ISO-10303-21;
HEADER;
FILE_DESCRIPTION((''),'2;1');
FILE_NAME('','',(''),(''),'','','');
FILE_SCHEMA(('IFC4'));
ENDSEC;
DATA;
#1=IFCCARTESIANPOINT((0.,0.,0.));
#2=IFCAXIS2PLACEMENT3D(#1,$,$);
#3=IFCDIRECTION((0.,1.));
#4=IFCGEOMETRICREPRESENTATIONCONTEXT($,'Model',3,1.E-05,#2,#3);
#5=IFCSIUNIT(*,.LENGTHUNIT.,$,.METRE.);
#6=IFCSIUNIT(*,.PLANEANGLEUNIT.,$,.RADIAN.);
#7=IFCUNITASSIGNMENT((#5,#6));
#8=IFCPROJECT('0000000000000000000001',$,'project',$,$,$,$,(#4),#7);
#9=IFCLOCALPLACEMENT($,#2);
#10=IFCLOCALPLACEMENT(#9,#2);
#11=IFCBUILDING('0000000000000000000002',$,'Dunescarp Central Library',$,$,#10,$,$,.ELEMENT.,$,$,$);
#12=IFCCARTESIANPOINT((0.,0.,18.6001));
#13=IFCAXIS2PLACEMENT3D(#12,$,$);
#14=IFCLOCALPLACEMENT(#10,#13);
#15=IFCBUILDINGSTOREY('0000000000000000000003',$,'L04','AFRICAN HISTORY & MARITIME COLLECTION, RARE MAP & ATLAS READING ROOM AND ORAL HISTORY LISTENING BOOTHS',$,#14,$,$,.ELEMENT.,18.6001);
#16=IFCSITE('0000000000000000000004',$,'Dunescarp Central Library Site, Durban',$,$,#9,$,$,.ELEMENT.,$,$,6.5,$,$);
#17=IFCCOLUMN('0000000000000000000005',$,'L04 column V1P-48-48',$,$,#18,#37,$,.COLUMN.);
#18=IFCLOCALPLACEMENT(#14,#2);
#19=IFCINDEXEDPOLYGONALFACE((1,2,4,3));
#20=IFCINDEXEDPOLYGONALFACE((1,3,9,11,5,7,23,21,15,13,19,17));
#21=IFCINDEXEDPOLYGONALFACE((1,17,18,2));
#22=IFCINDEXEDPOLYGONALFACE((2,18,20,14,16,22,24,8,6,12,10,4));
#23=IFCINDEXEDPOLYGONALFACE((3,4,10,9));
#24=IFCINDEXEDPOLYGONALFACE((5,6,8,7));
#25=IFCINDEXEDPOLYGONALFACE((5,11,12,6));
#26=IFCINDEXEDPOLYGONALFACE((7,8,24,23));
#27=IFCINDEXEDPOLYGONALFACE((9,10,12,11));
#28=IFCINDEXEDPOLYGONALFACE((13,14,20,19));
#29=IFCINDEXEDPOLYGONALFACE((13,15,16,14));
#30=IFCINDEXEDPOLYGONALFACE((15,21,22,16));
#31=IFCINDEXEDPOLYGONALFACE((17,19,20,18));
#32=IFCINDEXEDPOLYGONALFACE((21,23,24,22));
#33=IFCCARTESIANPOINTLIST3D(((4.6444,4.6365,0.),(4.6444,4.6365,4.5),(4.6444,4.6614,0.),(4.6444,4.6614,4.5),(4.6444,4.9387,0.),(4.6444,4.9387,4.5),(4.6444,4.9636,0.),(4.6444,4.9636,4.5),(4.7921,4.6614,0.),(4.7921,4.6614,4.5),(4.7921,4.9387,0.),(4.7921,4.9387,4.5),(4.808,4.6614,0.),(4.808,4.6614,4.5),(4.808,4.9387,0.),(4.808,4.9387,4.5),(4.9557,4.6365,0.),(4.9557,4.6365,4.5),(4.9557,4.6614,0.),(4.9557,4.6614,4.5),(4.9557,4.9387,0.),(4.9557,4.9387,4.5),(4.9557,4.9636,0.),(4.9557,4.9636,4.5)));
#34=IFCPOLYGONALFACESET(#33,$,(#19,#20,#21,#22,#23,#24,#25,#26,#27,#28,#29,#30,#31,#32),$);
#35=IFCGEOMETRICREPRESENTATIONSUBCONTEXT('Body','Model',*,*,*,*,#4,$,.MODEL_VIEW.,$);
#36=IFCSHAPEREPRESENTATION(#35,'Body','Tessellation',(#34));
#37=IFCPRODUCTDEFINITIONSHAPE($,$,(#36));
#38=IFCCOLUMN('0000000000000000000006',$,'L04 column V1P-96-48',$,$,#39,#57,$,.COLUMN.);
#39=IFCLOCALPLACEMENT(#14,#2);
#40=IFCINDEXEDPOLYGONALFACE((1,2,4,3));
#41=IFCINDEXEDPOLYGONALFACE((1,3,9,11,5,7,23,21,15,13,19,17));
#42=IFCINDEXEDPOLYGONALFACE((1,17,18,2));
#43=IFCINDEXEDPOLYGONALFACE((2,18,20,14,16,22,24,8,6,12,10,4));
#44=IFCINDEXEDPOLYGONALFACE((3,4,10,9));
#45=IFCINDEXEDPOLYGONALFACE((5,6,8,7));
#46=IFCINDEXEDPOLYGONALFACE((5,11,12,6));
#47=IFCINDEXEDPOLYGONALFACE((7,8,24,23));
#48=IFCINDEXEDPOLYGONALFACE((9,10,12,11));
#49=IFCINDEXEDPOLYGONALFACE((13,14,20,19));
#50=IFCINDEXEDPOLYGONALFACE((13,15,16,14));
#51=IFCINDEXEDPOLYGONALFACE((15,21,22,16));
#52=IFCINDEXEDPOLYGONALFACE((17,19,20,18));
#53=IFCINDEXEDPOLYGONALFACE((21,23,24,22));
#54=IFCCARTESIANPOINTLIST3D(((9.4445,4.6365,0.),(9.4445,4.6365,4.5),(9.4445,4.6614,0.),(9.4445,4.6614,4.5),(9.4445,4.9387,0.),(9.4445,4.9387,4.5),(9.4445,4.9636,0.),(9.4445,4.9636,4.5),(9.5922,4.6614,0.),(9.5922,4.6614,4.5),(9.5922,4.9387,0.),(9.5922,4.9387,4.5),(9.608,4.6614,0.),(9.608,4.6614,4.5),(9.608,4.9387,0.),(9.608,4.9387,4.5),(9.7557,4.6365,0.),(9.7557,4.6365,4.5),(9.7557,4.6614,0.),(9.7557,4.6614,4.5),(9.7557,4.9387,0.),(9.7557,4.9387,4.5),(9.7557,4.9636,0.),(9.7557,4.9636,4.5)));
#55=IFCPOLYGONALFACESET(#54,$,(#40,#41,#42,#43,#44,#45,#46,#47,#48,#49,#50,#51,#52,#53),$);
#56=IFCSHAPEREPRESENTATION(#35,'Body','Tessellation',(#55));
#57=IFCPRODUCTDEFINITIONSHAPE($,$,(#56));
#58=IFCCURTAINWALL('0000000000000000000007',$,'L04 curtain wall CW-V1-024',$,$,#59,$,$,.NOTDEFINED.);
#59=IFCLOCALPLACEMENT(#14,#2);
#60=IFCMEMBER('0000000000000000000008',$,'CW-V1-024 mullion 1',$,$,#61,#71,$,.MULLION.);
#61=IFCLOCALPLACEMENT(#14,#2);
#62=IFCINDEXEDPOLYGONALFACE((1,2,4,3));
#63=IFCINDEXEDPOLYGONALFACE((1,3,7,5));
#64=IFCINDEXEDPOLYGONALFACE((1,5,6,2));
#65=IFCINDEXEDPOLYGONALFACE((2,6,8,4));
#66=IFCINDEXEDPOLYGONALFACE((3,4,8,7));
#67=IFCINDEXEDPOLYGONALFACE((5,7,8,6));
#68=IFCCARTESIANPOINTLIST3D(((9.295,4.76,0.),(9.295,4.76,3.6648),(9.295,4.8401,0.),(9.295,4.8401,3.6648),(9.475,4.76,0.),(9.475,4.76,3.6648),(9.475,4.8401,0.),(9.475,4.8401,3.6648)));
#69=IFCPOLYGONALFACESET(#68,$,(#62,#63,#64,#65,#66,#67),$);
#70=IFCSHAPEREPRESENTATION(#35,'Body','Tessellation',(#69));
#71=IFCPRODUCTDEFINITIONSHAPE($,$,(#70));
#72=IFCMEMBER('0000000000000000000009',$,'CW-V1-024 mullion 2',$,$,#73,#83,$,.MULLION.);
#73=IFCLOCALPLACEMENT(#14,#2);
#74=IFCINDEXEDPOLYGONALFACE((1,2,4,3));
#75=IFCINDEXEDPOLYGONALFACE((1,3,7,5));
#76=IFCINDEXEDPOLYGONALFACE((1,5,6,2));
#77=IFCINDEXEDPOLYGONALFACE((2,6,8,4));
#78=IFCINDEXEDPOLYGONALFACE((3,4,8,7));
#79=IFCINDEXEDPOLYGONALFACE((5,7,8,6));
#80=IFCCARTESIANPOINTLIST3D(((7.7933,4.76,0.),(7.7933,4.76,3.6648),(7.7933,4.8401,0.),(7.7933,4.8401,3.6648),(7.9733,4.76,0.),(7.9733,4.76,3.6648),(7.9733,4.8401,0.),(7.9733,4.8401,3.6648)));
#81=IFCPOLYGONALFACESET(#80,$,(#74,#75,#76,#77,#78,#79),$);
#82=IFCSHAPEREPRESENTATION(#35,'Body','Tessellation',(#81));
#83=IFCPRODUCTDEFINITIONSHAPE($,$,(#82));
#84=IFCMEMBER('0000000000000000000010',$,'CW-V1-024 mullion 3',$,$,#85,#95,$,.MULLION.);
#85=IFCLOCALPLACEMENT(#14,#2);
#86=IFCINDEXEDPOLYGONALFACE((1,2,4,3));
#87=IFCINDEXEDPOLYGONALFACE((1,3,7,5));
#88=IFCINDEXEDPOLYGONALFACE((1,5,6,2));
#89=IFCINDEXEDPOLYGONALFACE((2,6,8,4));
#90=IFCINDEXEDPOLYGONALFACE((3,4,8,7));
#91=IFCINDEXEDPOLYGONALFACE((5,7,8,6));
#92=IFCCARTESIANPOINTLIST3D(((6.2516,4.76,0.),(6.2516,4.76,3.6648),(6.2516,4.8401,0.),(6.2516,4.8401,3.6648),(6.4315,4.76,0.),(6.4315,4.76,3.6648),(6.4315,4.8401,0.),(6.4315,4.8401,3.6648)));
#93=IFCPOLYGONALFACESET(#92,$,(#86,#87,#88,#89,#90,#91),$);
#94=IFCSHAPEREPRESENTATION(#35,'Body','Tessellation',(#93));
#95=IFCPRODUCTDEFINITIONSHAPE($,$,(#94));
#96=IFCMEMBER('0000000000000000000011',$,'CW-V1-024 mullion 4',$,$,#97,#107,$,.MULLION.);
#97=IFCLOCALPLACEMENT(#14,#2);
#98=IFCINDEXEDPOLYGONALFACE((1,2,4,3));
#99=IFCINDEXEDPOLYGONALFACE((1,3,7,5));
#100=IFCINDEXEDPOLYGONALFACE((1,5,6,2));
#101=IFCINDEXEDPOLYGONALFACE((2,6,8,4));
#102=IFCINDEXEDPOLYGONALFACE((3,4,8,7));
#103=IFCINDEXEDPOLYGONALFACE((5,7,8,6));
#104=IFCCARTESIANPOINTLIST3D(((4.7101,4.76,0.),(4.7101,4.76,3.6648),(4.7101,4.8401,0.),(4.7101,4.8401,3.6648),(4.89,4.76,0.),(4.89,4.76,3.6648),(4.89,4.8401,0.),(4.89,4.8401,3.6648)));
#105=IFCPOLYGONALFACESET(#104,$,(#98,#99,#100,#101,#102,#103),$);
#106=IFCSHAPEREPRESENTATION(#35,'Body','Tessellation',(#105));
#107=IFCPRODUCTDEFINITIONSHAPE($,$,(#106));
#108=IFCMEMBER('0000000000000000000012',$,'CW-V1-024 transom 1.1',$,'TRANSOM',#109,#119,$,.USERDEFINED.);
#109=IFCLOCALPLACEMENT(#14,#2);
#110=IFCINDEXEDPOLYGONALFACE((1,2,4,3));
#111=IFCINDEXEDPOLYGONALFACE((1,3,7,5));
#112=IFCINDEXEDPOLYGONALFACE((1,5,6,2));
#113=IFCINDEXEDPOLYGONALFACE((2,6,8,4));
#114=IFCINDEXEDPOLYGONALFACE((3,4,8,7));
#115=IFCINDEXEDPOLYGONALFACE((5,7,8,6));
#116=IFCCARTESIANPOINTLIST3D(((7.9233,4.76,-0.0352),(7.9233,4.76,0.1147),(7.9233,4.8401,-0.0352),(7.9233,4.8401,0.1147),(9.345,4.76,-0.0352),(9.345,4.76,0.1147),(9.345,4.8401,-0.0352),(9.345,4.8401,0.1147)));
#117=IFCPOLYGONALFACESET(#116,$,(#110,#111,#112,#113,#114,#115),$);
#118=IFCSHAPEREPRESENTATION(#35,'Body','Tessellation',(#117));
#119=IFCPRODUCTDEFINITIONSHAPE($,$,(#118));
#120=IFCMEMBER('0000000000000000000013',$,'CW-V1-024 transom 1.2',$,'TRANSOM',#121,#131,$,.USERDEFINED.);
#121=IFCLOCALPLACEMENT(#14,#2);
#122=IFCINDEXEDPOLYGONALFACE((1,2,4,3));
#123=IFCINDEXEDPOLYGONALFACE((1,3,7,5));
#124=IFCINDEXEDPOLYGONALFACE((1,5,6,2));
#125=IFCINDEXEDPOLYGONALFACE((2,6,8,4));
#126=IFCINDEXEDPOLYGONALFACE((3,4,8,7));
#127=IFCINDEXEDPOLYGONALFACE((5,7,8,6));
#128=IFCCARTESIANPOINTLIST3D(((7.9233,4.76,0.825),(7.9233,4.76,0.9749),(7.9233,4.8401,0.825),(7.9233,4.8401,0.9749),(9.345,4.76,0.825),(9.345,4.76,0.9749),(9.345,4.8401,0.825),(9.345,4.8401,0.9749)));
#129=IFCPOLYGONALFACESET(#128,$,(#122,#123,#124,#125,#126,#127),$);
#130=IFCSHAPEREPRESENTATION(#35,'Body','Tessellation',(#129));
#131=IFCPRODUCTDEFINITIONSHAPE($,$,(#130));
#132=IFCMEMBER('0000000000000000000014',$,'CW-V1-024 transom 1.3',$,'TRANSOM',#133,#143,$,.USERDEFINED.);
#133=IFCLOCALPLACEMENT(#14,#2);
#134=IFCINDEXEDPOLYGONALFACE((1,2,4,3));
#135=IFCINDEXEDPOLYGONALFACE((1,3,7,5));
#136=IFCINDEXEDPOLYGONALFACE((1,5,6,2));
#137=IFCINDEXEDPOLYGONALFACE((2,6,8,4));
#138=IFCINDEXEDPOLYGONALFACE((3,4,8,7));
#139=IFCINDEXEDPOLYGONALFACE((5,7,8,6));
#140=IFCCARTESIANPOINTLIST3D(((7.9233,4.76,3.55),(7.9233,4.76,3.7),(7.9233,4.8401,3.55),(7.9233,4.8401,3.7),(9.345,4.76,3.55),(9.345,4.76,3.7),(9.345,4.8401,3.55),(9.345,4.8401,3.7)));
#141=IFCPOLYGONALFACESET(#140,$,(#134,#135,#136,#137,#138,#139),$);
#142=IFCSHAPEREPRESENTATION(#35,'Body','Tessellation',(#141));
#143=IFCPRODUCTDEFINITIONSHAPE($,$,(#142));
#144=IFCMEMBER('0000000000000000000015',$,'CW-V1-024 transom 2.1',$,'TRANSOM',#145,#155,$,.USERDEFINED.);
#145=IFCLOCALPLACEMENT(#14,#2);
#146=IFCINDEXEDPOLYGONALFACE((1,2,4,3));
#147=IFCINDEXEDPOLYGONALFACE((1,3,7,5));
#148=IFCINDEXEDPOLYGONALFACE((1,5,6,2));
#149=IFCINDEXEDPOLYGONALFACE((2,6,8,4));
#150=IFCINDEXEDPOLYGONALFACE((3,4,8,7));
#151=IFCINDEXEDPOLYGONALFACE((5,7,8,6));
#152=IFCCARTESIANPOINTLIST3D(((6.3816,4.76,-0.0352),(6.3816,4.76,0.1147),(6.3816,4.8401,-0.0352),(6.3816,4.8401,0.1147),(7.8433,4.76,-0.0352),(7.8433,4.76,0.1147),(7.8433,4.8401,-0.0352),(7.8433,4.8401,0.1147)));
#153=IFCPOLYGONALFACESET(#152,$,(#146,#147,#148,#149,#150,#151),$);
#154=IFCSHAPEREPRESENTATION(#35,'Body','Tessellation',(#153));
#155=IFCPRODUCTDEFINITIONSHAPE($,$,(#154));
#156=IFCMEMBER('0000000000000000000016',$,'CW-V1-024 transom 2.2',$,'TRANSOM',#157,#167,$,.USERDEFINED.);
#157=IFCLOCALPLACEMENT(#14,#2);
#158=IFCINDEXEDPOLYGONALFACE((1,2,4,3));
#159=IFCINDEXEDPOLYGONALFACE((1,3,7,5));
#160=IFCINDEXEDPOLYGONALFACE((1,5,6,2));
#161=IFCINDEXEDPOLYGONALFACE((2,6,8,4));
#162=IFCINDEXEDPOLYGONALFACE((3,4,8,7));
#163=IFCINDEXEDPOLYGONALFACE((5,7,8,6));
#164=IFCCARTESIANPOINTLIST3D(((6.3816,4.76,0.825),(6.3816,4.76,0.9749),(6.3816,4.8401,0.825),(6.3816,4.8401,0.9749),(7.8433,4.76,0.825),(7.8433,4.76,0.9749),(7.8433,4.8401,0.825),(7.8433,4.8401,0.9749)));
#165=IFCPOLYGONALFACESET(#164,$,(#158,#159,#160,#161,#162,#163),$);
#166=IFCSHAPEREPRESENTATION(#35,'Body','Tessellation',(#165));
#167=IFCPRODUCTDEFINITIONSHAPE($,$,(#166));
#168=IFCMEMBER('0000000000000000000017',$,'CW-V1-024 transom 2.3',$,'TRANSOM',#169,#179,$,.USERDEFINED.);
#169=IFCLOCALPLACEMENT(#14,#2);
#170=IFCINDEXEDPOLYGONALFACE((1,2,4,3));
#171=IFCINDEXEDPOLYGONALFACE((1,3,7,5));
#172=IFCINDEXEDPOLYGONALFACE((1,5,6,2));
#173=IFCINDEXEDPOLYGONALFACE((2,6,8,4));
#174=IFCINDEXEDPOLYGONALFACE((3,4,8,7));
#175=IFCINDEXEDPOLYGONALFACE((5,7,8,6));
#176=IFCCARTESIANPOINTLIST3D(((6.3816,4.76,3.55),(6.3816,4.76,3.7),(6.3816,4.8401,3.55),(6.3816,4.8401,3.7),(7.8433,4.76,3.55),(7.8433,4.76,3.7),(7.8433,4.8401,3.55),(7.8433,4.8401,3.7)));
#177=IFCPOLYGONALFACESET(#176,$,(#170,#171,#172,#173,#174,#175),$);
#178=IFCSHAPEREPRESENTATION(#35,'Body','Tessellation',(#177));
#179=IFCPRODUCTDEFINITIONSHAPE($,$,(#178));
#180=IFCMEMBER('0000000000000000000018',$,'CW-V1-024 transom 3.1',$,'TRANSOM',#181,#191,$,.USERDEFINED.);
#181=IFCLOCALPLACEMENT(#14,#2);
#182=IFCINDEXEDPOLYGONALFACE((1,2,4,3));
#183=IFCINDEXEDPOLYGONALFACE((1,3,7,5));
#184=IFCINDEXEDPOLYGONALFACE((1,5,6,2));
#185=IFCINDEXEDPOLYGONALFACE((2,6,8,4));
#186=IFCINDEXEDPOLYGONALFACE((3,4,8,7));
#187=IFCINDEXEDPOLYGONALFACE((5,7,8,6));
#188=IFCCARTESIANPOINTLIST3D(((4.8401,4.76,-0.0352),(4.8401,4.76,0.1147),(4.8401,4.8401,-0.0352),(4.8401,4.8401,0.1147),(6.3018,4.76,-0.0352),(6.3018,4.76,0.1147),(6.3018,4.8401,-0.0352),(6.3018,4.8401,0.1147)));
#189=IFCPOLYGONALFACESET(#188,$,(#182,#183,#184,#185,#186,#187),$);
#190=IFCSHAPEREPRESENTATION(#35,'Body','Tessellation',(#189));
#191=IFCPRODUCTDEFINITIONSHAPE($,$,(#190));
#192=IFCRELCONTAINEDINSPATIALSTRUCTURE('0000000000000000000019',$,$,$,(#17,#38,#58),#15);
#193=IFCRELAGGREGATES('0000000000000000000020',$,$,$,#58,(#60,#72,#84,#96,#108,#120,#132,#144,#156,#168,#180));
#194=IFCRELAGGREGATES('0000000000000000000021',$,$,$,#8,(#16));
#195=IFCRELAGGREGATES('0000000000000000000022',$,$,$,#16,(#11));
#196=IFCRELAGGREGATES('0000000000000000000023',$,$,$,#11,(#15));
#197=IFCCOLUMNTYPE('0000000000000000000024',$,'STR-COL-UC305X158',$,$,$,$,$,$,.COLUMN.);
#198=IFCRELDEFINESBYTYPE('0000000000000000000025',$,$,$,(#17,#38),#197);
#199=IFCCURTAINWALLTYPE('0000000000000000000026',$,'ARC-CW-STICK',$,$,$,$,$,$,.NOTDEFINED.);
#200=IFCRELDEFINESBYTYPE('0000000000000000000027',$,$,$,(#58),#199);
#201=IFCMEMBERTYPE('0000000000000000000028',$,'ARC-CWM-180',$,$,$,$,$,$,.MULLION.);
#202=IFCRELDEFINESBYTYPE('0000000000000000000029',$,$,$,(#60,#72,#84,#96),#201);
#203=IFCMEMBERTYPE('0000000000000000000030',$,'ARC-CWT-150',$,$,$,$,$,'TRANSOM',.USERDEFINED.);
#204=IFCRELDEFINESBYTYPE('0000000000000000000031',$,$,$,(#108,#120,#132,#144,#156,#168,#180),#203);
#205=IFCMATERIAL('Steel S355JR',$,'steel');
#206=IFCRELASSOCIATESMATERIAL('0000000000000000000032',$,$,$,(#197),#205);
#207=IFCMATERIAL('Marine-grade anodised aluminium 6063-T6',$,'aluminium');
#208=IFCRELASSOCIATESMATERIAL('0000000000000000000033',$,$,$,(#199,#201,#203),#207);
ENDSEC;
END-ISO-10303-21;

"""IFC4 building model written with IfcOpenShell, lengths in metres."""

from ifc_helpers import new_model, si_unit, direction, frame, origin, origin_2d, place, context, subcontext, project, spatial, rectangle, i_section, extrude, material, material_profile, profile_set, type_object, element, aggregate, save


model = new_model("IFC4")

# Units and contexts
model_context = context("Model", 3, precision=1e-05, world=origin(), true_north=direction((0.0, 1.0)))
body_context = subcontext(model_context, "Body", "Model", "MODEL_VIEW")
ifc_project = project(units=[si_unit("LENGTHUNIT", "METRE"), si_unit("PLANEANGLEUNIT", "RADIAN")], contexts=[model_context])

# Site, building, storey
site_placement = place(None, origin())
site = spatial("IfcSite", under=ifc_project, at=site_placement, Name="Dunescarp Central Library Site, Durban", CompositionType="ELEMENT", RefElevation=6.5)
building_placement = place(site_placement, origin())
building = spatial("IfcBuilding", under=site, at=building_placement, Name="Dunescarp Central Library", CompositionType="ELEMENT")
storey_placement = place(building_placement, frame((0.0, 0.0, 18.6001)))
storey = spatial("IfcBuildingStorey", under=building, at=storey_placement, Name="L04", Description="AFRICAN HISTORY & MARITIME COLLECTION, RARE MAP & ATLAS READING ROOM AND ORAL HISTORY LISTENING BOOTHS", CompositionType="ELEMENT", Elevation=18.6001)

# Columns
ifc_material_1 = material(Name="Steel S355JR", Category="steel")
ifc_material_profile_1 = material_profile(ifc_material_1, i_section(OverallWidth=0.3113, OverallDepth=0.3271, WebThickness=0.0159, FlangeThickness=0.0249, at=origin_2d()), Name="UC 305x305x158")
ifc_profile_set_1 = profile_set([ifc_material_profile_1], Name="Steel S355JR")
column_type = type_object("IfcColumnType", Name="STR-COL-UC305X158", PredefinedType="COLUMN", material=ifc_profile_set_1)
for number, where, z_axis, x_axis, name in (
    (1, (4.8, 4.8, 0.0), (0.0, 0.0, 1.0), (1.0, 0.0, 0.0), "L04 column V1P-48-48"),
    (2, (9.6001, 4.8, 0.0), (0.0, 0.0, 1.0), (1.0, 0.0, 0.0), "L04 column V1P-96-48"),
):
    element("IfcColumn", number, at=place(storey_placement, frame(where, z_axis=z_axis, x_axis=x_axis)), inside=storey, type_object=column_type, Name=name, PredefinedType="COLUMN", context=body_context, shape_type="SweptSolid", body=[
        extrude(i_section(OverallWidth=0.3113, OverallDepth=0.3271, WebThickness=0.0159, FlangeThickness=0.0249, at=origin_2d()), origin(), (0.0, 0.0, 1.0), 4.5),
    ])

# Curtain wall, members
ifc_material_2 = material(Name="Marine-grade anodised aluminium 6063-T6", Category="aluminium")
curtain_wall_type = type_object("IfcCurtainWallType", Name="ARC-CW-STICK", PredefinedType="NOTDEFINED", material=ifc_material_2)
curtain_wall_placement = place(storey_placement, origin())
curtain_wall = element("IfcCurtainWall", 3, at=curtain_wall_placement, inside=storey, type_object=curtain_wall_type, Name="L04 curtain wall CW-V1-024", PredefinedType="NOTDEFINED")
ifc_material_profile_2 = material_profile(ifc_material_2, rectangle(XDim=0.0801, YDim=0.1799, at=origin_2d()), Name="AL 80x180")
ifc_profile_set_2 = profile_set([ifc_material_profile_2], Name="Marine-grade anodised aluminium 6063-T6")
member_type_1 = type_object("IfcMemberType", Name="ARC-CWM-180", PredefinedType="MULLION", material=ifc_profile_set_2)
member_1_placement = place(storey_placement, frame((9.385, 4.8, 0.0), z_axis=(0.0, 0.0, 1.0), x_axis=(0.0, -1.0, 0.0)))
member_1 = element("IfcMember", 4, at=member_1_placement, type_object=member_type_1, Name="CW-V1-024 mullion 1", PredefinedType="MULLION", context=body_context, shape_type="SweptSolid", body=[
    extrude(rectangle(XDim=0.0801, YDim=0.1799, at=origin_2d()), origin(), (0.0, 0.0, 1.0), 3.6648),
])
member_2_placement = place(storey_placement, frame((7.8833, 4.8, 0.0), z_axis=(0.0, 0.0, 1.0), x_axis=(0.0, -1.0, 0.0)))
member_2 = element("IfcMember", 5, at=member_2_placement, type_object=member_type_1, Name="CW-V1-024 mullion 2", PredefinedType="MULLION", context=body_context, shape_type="SweptSolid", body=[
    extrude(rectangle(XDim=0.0801, YDim=0.1799, at=origin_2d()), origin(), (0.0, 0.0, 1.0), 3.6648),
])
member_3_placement = place(storey_placement, frame((6.3416, 4.8, 0.0), z_axis=(0.0, 0.0, 1.0), x_axis=(0.0, -1.0, 0.0)))
member_3 = element("IfcMember", 6, at=member_3_placement, type_object=member_type_1, Name="CW-V1-024 mullion 3", PredefinedType="MULLION", context=body_context, shape_type="SweptSolid", body=[
    extrude(rectangle(XDim=0.0801, YDim=0.1799, at=origin_2d()), origin(), (0.0, 0.0, 1.0), 3.6648),
])
member_4_placement = place(storey_placement, frame((4.8, 4.8, 0.0), z_axis=(0.0, 0.0, 1.0), x_axis=(0.0, -1.0, 0.0)))
member_4 = element("IfcMember", 7, at=member_4_placement, type_object=member_type_1, Name="CW-V1-024 mullion 4", PredefinedType="MULLION", context=body_context, shape_type="SweptSolid", body=[
    extrude(rectangle(XDim=0.0801, YDim=0.1799, at=origin_2d()), origin(), (0.0, 0.0, 1.0), 3.6648),
])
ifc_material_profile_3 = material_profile(ifc_material_2, rectangle(XDim=0.0801, YDim=0.1499, at=origin_2d()), Name="AL 80x150")
ifc_profile_set_3 = profile_set([ifc_material_profile_3], Name="Marine-grade anodised aluminium 6063-T6")
member_type_2 = type_object("IfcMemberType", Name="ARC-CWT-150", ElementType="TRANSOM", PredefinedType="USERDEFINED", material=ifc_profile_set_3)
member_5_placement = place(storey_placement, frame((9.345, 4.8, 0.0398), z_axis=(-1.0, 0.0, 0.0), x_axis=(0.0, -1.0, 0.0)))
member_5 = element("IfcMember", 8, at=member_5_placement, type_object=member_type_2, Name="CW-V1-024 transom 1.1", ObjectType="TRANSOM", PredefinedType="USERDEFINED", context=body_context, shape_type="SweptSolid", body=[
    extrude(rectangle(XDim=0.0801, YDim=0.1499, at=origin_2d()), origin(), (0.0, 0.0, 1.0), 1.4216),
])
member_6_placement = place(storey_placement, frame((9.345, 4.8, 0.8999), z_axis=(-1.0, 0.0, 0.0), x_axis=(0.0, -1.0, 0.0)))
member_6 = element("IfcMember", 9, at=member_6_placement, type_object=member_type_2, Name="CW-V1-024 transom 1.2", ObjectType="TRANSOM", PredefinedType="USERDEFINED", context=body_context, shape_type="SweptSolid", body=[
    extrude(rectangle(XDim=0.0801, YDim=0.1499, at=origin_2d()), origin(), (0.0, 0.0, 1.0), 1.4216),
])
member_7_placement = place(storey_placement, frame((9.345, 4.8, 3.625), z_axis=(-1.0, 0.0, 0.0), x_axis=(0.0, -1.0, 0.0)))
member_7 = element("IfcMember", 10, at=member_7_placement, type_object=member_type_2, Name="CW-V1-024 transom 1.3", ObjectType="TRANSOM", PredefinedType="USERDEFINED", context=body_context, shape_type="SweptSolid", body=[
    extrude(rectangle(XDim=0.0801, YDim=0.1499, at=origin_2d()), origin(), (0.0, 0.0, 1.0), 1.4216),
])
member_8_placement = place(storey_placement, frame((7.8433, 4.8, 0.0398), z_axis=(-1.0, 0.0, 0.0), x_axis=(0.0, -1.0, 0.0)))
member_8 = element("IfcMember", 11, at=member_8_placement, type_object=member_type_2, Name="CW-V1-024 transom 2.1", ObjectType="TRANSOM", PredefinedType="USERDEFINED", context=body_context, shape_type="SweptSolid", body=[
    extrude(rectangle(XDim=0.0801, YDim=0.1499, at=origin_2d()), origin(), (0.0, 0.0, 1.0), 1.4617),
])
member_9_placement = place(storey_placement, frame((7.8433, 4.8, 0.8999), z_axis=(-1.0, 0.0, 0.0), x_axis=(0.0, -1.0, 0.0)))
member_9 = element("IfcMember", 12, at=member_9_placement, type_object=member_type_2, Name="CW-V1-024 transom 2.2", ObjectType="TRANSOM", PredefinedType="USERDEFINED", context=body_context, shape_type="SweptSolid", body=[
    extrude(rectangle(XDim=0.0801, YDim=0.1499, at=origin_2d()), origin(), (0.0, 0.0, 1.0), 1.4617),
])
member_10_placement = place(storey_placement, frame((7.8433, 4.8, 3.625), z_axis=(-1.0, 0.0, 0.0), x_axis=(0.0, -1.0, 0.0)))
member_10 = element("IfcMember", 13, at=member_10_placement, type_object=member_type_2, Name="CW-V1-024 transom 2.3", ObjectType="TRANSOM", PredefinedType="USERDEFINED", context=body_context, shape_type="SweptSolid", body=[
    extrude(rectangle(XDim=0.0801, YDim=0.1499, at=origin_2d()), origin(), (0.0, 0.0, 1.0), 1.4617),
])
member_11_placement = place(storey_placement, frame((6.3018, 4.8, 0.0398), z_axis=(-1.0, 0.0, 0.0), x_axis=(0.0, -1.0, 0.0)))
member_11 = element("IfcMember", 14, at=member_11_placement, type_object=member_type_2, Name="CW-V1-024 transom 3.1", ObjectType="TRANSOM", PredefinedType="USERDEFINED", context=body_context, shape_type="SweptSolid", body=[
    extrude(rectangle(XDim=0.0801, YDim=0.1499, at=origin_2d()), origin(), (0.0, 0.0, 1.0), 1.4617),
])

aggregate(curtain_wall, [member_1, member_2, member_3, member_4, member_5, member_6, member_7, member_8, member_9, member_10, member_11])

save(model, "model.ifc")
